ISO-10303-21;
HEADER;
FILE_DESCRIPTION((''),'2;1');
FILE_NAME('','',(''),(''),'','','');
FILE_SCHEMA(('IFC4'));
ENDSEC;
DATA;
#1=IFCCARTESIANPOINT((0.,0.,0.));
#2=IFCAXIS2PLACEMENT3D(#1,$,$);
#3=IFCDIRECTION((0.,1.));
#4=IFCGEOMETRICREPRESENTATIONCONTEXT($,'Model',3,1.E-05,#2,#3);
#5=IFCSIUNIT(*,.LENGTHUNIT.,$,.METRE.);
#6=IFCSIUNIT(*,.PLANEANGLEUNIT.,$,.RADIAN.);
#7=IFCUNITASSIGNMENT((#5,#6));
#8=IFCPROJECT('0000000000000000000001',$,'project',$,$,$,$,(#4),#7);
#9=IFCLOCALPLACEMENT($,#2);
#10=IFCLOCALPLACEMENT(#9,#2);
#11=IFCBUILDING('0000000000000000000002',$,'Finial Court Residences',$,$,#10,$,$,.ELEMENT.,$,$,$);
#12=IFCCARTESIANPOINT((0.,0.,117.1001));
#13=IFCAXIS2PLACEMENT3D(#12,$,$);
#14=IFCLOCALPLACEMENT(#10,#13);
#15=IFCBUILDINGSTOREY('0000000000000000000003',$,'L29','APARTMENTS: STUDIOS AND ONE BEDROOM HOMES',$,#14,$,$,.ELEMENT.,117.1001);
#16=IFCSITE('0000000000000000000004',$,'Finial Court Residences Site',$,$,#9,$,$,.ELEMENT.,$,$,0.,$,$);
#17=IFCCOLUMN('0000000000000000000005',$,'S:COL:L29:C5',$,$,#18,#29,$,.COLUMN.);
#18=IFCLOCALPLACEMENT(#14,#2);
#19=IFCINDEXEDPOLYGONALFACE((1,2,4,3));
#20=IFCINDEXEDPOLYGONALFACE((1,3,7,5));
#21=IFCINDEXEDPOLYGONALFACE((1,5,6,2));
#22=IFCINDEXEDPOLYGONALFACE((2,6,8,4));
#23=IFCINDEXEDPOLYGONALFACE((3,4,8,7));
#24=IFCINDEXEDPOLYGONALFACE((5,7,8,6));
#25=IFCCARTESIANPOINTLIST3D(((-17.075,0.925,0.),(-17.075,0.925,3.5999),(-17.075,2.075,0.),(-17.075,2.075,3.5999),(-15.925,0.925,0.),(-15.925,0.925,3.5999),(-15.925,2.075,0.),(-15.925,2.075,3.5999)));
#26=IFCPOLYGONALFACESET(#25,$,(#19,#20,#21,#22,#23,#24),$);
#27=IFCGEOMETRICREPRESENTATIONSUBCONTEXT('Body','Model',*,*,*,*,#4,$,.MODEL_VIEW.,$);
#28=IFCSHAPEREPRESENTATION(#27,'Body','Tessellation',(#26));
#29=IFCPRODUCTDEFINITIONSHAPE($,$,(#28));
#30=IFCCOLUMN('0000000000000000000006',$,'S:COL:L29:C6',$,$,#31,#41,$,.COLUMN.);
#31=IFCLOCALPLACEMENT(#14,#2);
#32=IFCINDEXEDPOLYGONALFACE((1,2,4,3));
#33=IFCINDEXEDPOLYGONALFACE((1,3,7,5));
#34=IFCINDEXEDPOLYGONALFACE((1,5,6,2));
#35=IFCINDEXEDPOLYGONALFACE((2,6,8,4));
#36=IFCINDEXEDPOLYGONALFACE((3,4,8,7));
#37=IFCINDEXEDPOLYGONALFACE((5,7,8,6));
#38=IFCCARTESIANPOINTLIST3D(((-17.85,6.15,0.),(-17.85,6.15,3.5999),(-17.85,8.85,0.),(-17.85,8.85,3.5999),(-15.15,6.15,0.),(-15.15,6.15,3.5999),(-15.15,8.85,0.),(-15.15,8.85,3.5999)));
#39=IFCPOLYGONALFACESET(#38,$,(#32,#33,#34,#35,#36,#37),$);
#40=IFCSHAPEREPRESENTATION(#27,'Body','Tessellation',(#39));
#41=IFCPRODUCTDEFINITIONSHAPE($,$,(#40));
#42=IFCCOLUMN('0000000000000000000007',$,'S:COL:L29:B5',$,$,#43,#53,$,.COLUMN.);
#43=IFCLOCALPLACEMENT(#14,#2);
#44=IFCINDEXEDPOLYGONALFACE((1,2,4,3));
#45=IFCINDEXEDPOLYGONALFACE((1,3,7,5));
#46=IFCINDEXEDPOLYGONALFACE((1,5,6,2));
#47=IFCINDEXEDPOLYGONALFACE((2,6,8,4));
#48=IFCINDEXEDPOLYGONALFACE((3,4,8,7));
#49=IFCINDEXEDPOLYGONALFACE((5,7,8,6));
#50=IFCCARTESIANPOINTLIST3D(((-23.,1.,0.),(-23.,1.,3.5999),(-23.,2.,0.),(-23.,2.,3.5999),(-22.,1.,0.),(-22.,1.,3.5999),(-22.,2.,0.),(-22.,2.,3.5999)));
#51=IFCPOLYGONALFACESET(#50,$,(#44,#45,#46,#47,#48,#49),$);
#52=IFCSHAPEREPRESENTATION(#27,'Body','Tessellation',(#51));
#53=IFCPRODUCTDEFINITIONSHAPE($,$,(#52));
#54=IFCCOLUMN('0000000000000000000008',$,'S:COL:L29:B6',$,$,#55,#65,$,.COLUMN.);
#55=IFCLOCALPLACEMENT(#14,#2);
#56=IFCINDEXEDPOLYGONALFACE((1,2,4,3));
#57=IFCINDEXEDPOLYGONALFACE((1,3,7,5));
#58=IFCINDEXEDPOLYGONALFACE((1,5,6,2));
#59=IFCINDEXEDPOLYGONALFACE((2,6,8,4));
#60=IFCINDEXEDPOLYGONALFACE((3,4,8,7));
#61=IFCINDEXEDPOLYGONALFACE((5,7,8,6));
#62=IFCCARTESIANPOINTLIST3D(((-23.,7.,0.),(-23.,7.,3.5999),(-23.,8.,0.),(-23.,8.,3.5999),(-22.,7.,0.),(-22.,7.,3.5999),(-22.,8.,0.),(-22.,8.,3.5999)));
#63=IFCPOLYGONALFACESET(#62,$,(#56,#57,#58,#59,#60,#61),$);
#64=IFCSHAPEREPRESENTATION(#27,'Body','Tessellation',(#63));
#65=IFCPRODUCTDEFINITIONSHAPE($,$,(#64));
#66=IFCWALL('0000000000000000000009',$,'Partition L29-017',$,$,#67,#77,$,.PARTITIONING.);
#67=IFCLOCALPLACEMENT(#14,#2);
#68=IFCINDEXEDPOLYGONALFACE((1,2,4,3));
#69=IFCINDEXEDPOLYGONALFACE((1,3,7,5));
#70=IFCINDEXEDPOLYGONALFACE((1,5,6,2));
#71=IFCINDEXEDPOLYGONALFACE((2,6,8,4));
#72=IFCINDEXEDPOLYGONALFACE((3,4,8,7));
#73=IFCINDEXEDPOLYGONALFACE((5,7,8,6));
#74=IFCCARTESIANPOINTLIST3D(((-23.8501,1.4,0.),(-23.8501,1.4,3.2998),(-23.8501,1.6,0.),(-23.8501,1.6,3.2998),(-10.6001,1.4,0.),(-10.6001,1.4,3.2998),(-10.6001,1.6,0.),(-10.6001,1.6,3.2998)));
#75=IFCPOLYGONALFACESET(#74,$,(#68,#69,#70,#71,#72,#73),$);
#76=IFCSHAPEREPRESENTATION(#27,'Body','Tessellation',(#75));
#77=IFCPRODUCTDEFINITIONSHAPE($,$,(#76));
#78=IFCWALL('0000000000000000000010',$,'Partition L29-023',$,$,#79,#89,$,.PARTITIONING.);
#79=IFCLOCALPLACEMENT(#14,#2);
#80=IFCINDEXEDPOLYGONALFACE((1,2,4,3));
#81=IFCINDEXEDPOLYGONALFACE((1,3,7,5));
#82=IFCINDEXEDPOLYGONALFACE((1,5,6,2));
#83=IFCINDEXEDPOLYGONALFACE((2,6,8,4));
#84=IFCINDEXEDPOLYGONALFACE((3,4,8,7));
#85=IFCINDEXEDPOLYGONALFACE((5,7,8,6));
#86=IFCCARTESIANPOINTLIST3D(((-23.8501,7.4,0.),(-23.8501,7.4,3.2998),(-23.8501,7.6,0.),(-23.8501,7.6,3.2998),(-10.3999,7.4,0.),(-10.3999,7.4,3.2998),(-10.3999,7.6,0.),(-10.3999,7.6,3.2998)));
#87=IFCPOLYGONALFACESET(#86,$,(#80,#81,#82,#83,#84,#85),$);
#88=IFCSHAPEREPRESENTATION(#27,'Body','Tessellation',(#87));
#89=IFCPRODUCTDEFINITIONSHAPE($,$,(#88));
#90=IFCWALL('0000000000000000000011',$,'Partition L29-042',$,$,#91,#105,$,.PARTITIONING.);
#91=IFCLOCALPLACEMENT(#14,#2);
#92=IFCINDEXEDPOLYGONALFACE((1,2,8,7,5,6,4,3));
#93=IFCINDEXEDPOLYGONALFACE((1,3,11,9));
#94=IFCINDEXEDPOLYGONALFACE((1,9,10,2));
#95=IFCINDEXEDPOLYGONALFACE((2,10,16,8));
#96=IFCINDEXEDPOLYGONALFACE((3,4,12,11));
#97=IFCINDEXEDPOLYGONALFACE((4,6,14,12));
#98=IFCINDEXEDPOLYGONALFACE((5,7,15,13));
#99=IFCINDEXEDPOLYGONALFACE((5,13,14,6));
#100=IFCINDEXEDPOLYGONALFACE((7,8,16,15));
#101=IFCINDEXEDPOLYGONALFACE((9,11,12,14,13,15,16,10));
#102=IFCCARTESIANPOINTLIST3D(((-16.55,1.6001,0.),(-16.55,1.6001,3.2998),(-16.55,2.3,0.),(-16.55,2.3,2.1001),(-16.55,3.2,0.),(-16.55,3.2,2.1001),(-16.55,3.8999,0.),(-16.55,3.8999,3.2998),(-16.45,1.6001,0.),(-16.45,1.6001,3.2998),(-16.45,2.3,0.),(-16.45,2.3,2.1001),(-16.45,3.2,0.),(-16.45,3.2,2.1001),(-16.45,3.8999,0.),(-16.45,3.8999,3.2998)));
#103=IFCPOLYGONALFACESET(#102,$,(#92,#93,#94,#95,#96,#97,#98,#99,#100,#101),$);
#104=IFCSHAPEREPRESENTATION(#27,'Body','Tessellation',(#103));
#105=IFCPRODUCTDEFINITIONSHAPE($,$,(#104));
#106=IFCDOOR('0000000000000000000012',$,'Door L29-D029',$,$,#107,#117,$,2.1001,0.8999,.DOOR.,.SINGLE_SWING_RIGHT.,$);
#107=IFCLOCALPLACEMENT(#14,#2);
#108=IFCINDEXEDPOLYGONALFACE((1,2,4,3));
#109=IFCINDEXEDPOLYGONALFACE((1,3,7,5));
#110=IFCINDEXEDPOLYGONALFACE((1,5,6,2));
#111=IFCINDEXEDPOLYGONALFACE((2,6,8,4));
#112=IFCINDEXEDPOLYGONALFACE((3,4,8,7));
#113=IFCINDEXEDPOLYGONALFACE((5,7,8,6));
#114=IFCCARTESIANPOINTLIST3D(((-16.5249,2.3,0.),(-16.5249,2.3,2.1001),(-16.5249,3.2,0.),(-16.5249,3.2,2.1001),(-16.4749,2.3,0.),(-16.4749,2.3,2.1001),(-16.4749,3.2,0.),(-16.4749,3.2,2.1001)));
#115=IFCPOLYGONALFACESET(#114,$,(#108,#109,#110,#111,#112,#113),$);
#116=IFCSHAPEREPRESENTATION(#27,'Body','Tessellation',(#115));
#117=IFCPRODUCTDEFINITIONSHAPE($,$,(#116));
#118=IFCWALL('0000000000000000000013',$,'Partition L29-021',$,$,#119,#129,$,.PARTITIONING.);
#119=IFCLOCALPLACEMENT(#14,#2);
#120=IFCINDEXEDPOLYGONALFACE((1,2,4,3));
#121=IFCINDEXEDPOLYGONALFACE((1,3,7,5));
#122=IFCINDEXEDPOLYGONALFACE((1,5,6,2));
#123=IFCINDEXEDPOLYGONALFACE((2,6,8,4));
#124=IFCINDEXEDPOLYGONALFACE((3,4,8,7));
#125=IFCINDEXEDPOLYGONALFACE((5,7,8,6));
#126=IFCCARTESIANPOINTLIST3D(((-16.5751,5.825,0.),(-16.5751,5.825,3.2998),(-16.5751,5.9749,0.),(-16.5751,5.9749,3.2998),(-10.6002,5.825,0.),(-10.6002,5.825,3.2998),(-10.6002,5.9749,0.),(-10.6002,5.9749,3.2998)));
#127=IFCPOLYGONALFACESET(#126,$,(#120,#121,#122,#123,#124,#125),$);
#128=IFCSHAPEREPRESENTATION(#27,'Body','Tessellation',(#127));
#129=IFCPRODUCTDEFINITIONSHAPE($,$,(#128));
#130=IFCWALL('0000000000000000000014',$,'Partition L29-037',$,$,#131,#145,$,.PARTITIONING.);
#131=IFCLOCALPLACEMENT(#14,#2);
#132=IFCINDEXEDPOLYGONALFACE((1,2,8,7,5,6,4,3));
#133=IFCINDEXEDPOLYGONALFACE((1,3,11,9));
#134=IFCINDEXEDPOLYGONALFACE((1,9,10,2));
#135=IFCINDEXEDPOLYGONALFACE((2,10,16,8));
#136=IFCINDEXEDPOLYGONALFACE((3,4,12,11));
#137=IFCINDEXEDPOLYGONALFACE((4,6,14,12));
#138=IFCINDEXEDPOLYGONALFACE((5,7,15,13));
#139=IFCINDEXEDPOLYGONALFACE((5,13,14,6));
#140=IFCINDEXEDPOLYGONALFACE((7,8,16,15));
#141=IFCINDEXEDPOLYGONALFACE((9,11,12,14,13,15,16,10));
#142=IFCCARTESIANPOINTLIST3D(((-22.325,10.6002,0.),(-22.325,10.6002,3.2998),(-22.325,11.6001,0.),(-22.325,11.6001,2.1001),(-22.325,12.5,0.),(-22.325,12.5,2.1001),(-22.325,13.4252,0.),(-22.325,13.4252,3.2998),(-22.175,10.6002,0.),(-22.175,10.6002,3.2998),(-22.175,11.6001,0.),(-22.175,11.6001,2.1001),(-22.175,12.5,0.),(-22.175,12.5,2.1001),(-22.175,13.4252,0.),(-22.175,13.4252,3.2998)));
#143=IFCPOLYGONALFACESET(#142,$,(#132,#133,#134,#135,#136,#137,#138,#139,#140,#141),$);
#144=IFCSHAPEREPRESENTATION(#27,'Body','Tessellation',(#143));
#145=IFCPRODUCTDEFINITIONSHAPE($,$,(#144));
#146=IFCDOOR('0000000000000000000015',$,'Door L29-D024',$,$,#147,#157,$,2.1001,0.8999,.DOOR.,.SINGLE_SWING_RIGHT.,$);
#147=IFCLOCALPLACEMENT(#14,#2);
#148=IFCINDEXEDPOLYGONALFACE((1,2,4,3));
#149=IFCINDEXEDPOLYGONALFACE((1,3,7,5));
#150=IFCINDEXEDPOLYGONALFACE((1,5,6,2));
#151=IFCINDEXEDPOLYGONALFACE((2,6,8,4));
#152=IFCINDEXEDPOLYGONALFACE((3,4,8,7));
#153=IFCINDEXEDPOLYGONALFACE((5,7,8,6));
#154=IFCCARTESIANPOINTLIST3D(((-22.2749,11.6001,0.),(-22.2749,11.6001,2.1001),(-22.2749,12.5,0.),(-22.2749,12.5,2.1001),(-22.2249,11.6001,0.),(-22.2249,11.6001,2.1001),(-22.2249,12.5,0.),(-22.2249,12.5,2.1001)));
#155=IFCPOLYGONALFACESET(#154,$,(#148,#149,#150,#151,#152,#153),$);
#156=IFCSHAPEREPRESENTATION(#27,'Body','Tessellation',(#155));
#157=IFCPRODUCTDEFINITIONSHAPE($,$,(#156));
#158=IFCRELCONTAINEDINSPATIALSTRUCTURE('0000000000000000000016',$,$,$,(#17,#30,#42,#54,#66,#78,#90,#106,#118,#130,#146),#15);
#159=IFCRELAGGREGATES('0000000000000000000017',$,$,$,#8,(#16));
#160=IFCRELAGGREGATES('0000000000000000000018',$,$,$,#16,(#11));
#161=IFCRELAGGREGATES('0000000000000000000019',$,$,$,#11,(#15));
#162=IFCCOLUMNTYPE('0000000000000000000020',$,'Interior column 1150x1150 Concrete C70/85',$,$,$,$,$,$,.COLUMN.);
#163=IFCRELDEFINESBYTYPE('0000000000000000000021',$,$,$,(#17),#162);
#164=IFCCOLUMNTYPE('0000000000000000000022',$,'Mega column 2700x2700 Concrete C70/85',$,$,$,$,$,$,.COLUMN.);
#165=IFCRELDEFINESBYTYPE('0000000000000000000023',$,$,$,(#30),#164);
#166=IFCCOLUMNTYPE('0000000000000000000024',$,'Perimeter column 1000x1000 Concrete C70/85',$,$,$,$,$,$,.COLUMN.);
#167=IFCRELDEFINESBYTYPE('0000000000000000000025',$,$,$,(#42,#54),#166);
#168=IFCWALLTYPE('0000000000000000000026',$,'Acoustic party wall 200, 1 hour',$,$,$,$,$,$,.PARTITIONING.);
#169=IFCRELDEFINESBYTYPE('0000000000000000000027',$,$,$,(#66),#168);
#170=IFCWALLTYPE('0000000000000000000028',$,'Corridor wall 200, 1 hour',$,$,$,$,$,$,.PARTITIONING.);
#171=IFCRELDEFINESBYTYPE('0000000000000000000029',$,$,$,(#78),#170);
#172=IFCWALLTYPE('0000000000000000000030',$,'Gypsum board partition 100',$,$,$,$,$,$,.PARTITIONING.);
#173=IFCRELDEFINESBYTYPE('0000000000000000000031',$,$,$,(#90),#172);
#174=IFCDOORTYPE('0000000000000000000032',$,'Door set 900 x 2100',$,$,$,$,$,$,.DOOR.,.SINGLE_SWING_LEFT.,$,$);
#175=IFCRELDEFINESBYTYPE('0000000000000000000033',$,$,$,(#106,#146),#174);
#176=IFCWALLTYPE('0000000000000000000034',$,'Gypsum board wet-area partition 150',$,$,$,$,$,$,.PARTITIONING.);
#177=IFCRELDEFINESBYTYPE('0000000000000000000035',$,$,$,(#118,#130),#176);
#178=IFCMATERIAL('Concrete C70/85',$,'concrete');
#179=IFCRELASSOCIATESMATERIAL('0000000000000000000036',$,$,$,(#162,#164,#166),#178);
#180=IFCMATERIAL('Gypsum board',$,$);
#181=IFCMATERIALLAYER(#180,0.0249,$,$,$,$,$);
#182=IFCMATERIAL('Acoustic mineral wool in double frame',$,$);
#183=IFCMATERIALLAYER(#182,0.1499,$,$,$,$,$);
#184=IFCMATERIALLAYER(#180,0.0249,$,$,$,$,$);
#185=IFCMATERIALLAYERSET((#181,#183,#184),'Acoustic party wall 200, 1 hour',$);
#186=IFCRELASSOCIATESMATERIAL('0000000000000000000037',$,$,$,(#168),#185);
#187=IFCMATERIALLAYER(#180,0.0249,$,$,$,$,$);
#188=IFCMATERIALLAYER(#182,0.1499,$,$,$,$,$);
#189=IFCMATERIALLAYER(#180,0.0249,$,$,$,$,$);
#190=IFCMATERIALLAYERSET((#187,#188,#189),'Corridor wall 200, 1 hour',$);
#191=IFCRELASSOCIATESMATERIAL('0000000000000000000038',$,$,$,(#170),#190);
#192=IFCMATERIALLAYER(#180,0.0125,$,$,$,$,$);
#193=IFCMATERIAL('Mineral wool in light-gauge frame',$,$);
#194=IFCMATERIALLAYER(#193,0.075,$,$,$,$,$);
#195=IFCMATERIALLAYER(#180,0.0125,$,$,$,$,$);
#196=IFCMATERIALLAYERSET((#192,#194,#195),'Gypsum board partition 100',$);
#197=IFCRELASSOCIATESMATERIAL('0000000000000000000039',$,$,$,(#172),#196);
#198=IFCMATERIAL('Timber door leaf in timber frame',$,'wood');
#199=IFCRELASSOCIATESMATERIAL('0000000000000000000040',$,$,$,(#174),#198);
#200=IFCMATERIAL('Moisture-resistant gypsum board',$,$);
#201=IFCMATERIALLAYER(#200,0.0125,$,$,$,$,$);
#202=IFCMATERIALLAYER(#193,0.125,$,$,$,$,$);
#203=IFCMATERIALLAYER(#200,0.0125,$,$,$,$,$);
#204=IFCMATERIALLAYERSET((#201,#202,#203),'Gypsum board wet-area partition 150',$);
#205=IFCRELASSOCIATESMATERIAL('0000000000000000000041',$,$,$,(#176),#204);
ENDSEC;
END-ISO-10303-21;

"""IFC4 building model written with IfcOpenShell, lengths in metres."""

from ifc_helpers import new_model, si_unit, direction, frame, frame_2d, origin, origin_2d, place, context, subcontext, project, spatial, rectangle, extrude, material, layer, layer_set, material_profile, profile_set, type_object, element, fill, save


model = new_model("IFC4")

# Units and contexts
model_context = context("Model", 3, precision=1e-05, world=origin(), true_north=direction((0.0, 1.0)))
body_context = subcontext(model_context, "Body", "Model", "MODEL_VIEW")
ifc_project = project(units=[si_unit("LENGTHUNIT", "METRE"), si_unit("PLANEANGLEUNIT", "RADIAN")], contexts=[model_context])

# Site, building, storey
site_placement = place(None, origin())
site = spatial("IfcSite", under=ifc_project, at=site_placement, Name="Finial Court Residences Site", CompositionType="ELEMENT", RefElevation=0.0)
building_placement = place(site_placement, origin())
building = spatial("IfcBuilding", under=site, at=building_placement, Name="Finial Court Residences", CompositionType="ELEMENT")
storey_placement = place(building_placement, frame((0.0, 0.0, 117.1001)))
storey = spatial("IfcBuildingStorey", under=building, at=storey_placement, Name="L29", Description="APARTMENTS: STUDIOS AND ONE BEDROOM HOMES", CompositionType="ELEMENT", Elevation=117.1001)

# Columns
ifc_material_1 = material(Name="Concrete C70/85", Category="concrete")
ifc_material_profile_1 = material_profile(ifc_material_1, rectangle(XDim=1.1499, YDim=1.1499, at=origin_2d()), Name="1150x1150")
ifc_profile_set_1 = profile_set([ifc_material_profile_1], Name="Concrete C70/85")
column_type_1 = type_object("IfcColumnType", Name="Interior column 1150x1150 Concrete C70/85", PredefinedType="COLUMN", material=ifc_profile_set_1)
column_1_placement = place(storey_placement, frame((-16.5, 1.5, 0.0), z_axis=(0.0, 0.0, 1.0), x_axis=(1.0, 0.0, 0.0)))
element("IfcColumn", 1, at=column_1_placement, inside=storey, type_object=column_type_1, Name="S:COL:L29:C5", PredefinedType="COLUMN", context=body_context, shape_type="SweptSolid", body=[
    extrude(rectangle(XDim=1.1499, YDim=1.1499, at=origin_2d()), origin(), (0.0, 0.0, 1.0), 3.5999),
])
ifc_material_profile_2 = material_profile(ifc_material_1, rectangle(XDim=2.7, YDim=2.7, at=origin_2d()), Name="2700x2700")
ifc_profile_set_2 = profile_set([ifc_material_profile_2], Name="Concrete C70/85")
column_type_2 = type_object("IfcColumnType", Name="Mega column 2700x2700 Concrete C70/85", PredefinedType="COLUMN", material=ifc_profile_set_2)
column_2_placement = place(storey_placement, frame((-16.5, 7.5, 0.0), z_axis=(0.0, 0.0, 1.0), x_axis=(1.0, 0.0, 0.0)))
element("IfcColumn", 2, at=column_2_placement, inside=storey, type_object=column_type_2, Name="S:COL:L29:C6", PredefinedType="COLUMN", context=body_context, shape_type="SweptSolid", body=[
    extrude(rectangle(XDim=2.7, YDim=2.7, at=origin_2d()), origin(), (0.0, 0.0, 1.0), 3.5999),
])
ifc_material_profile_3 = material_profile(ifc_material_1, rectangle(XDim=1.0, YDim=1.0, at=origin_2d()), Name="1000x1000")
ifc_profile_set_3 = profile_set([ifc_material_profile_3], Name="Concrete C70/85")
column_type_3 = type_object("IfcColumnType", Name="Perimeter column 1000x1000 Concrete C70/85", PredefinedType="COLUMN", material=ifc_profile_set_3)
for number, where, z_axis, x_axis, name in (
    (3, (-22.5, 1.5, 0.0), (0.0, 0.0, 1.0), (1.0, 0.0, 0.0), "S:COL:L29:B5"),
    (4, (-22.5, 7.5, 0.0), (0.0, 0.0, 1.0), (1.0, 0.0, 0.0), "S:COL:L29:B6"),
):
    element("IfcColumn", number, at=place(storey_placement, frame(where, z_axis=z_axis, x_axis=x_axis)), inside=storey, type_object=column_type_3, Name=name, PredefinedType="COLUMN", context=body_context, shape_type="SweptSolid", body=[
        extrude(rectangle(XDim=1.0, YDim=1.0, at=origin_2d()), origin(), (0.0, 0.0, 1.0), 3.5999),
    ])

# Walls
ifc_material_2 = material(Name="Gypsum board")
ifc_layer_1 = layer(ifc_material_2, 0.0249)
ifc_material_3 = material(Name="Acoustic mineral wool in double frame")
ifc_layer_2 = layer(ifc_material_3, 0.1499)
ifc_layer_3 = layer(ifc_material_2, 0.0249)
ifc_layer_set_1 = layer_set([ifc_layer_1, ifc_layer_2, ifc_layer_3], Name="Acoustic party wall 200, 1 hour")
wall_type_1 = type_object("IfcWallType", Name="Acoustic party wall 200, 1 hour", PredefinedType="PARTITIONING", material=ifc_layer_set_1)
wall_1_placement = place(storey_placement, frame((-23.8501, 1.5, 0.0), z_axis=(0.0, 0.0, 1.0), x_axis=(1.0, 0.0, 0.0)))
element("IfcWall", 5, at=wall_1_placement, inside=storey, type_object=wall_type_1, Name="Partition L29-017", PredefinedType="PARTITIONING", context=body_context, shape_type="SweptSolid", body=[
    extrude(rectangle(XDim=13.25, YDim=0.2, at=frame_2d((6.625, 0.0))), origin(), (0.0, 0.0, 1.0), 3.2998),
])
ifc_layer_4 = layer(ifc_material_2, 0.0249)
ifc_layer_5 = layer(ifc_material_3, 0.1499)
ifc_layer_6 = layer(ifc_material_2, 0.0249)
ifc_layer_set_2 = layer_set([ifc_layer_4, ifc_layer_5, ifc_layer_6], Name="Corridor wall 200, 1 hour")
wall_type_2 = type_object("IfcWallType", Name="Corridor wall 200, 1 hour", PredefinedType="PARTITIONING", material=ifc_layer_set_2)
wall_2_placement = place(storey_placement, frame((-23.8501, 7.5, 0.0), z_axis=(0.0, 0.0, 1.0), x_axis=(1.0, 0.0, 0.0)))
element("IfcWall", 6, at=wall_2_placement, inside=storey, type_object=wall_type_2, Name="Partition L29-023", PredefinedType="PARTITIONING", context=body_context, shape_type="SweptSolid", body=[
    extrude(rectangle(XDim=13.4502, YDim=0.2, at=frame_2d((6.7251, 0.0))), origin(), (0.0, 0.0, 1.0), 3.2998),
])

# Wall, opening, door
ifc_layer_7 = layer(ifc_material_2, 0.0125)
ifc_material_4 = material(Name="Mineral wool in light-gauge frame")
ifc_layer_8 = layer(ifc_material_4, 0.075)
ifc_layer_9 = layer(ifc_material_2, 0.0125)
ifc_layer_set_3 = layer_set([ifc_layer_7, ifc_layer_8, ifc_layer_9], Name="Gypsum board partition 100")
wall_type_3 = type_object("IfcWallType", Name="Gypsum board partition 100", PredefinedType="PARTITIONING", material=ifc_layer_set_3)
wall_3_placement = place(storey_placement, frame((-16.5, 1.6001, 0.0), z_axis=(0.0, 0.0, 1.0), x_axis=(0.0, 1.0, 0.0)))
wall_3 = element("IfcWall", 7, at=wall_3_placement, inside=storey, type_object=wall_type_3, Name="Partition L29-042", PredefinedType="PARTITIONING", context=body_context, shape_type="SweptSolid", body=[
    extrude(rectangle(XDim=2.2998, YDim=0.1001, at=frame_2d((1.1499, 0.0))), origin(), (0.0, 0.0, 1.0), 3.2998),
])
opening_1_placement = place(wall_3_placement, frame((0.7, 0.0, 0.0)))
opening_1 = element("IfcOpeningElement", 8, at=opening_1_placement, cuts=wall_3, PredefinedType="OPENING", context=body_context, shape_type="SweptSolid", body=[
    extrude(rectangle(XDim=0.8999, YDim=2.1001, at=frame_2d((0.45, 1.05))), frame((0.0, 0.0601, 0.0), z_axis=(0.0, -1.0, 0.0), x_axis=(1.0, 0.0, 0.0)), (0.0, 0.0, 1.0), 0.1201),
])
ifc_material_5 = material(Name="Timber door leaf in timber frame", Category="wood")
door_type = type_object("IfcDoorType", Name="Door set 900 x 2100", OperationType="SINGLE_SWING_LEFT", PredefinedType="DOOR", material=ifc_material_5)
door_1_placement = place(opening_1_placement, origin())
door_1 = element("IfcDoor", 9, at=door_1_placement, inside=storey, type_object=door_type, Name="Door L29-D029", OperationType="SINGLE_SWING_RIGHT", OverallHeight=2.1001, OverallWidth=0.8999, PredefinedType="DOOR", context=body_context, shape_type="SweptSolid", body=[
    extrude(rectangle(XDim=0.8999, YDim=2.1001, at=frame_2d((0.45, 1.05))), frame((0.0, 0.0249, 0.0), z_axis=(0.0, -1.0, 0.0), x_axis=(1.0, 0.0, 0.0)), (0.0, 0.0, 1.0), 0.05),
])
fill(opening_1, door_1)

# Wall
ifc_material_6 = material(Name="Moisture-resistant gypsum board")
ifc_layer_10 = layer(ifc_material_6, 0.0125)
ifc_layer_11 = layer(ifc_material_4, 0.125)
ifc_layer_12 = layer(ifc_material_6, 0.0125)
ifc_layer_set_4 = layer_set([ifc_layer_10, ifc_layer_11, ifc_layer_12], Name="Gypsum board wet-area partition 150")
wall_type_4 = type_object("IfcWallType", Name="Gypsum board wet-area partition 150", PredefinedType="PARTITIONING", material=ifc_layer_set_4)
wall_4_placement = place(storey_placement, frame((-16.575, 5.8999, 0.0), z_axis=(0.0, 0.0, 1.0), x_axis=(1.0, 0.0, 0.0)))
element("IfcWall", 10, at=wall_4_placement, inside=storey, type_object=wall_type_4, Name="Partition L29-021", PredefinedType="PARTITIONING", context=body_context, shape_type="SweptSolid", body=[
    extrude(rectangle(XDim=5.9749, YDim=0.1499, at=frame_2d((2.9873, 0.0))), origin(), (0.0, 0.0, 1.0), 3.2998),
])

# Wall, opening, door
wall_5_placement = place(storey_placement, frame((-22.25, 10.6001, 0.0), z_axis=(0.0, 0.0, 1.0), x_axis=(0.0, 1.0, 0.0)))
wall_5 = element("IfcWall", 11, at=wall_5_placement, inside=storey, type_object=wall_type_4, Name="Partition L29-037", PredefinedType="PARTITIONING", context=body_context, shape_type="SweptSolid", body=[
    extrude(rectangle(XDim=2.825, YDim=0.1499, at=frame_2d((1.4126, 0.0))), origin(), (0.0, 0.0, 1.0), 3.2998),
])
opening_2_placement = place(wall_5_placement, frame((1.0, 0.0, 0.0)))
opening_2 = element("IfcOpeningElement", 12, at=opening_2_placement, cuts=wall_5, PredefinedType="OPENING", context=body_context, shape_type="SweptSolid", body=[
    extrude(rectangle(XDim=0.8999, YDim=2.1001, at=frame_2d((0.45, 1.05))), frame((0.0, 0.085, 0.0), z_axis=(0.0, -1.0, 0.0), x_axis=(1.0, 0.0, 0.0)), (0.0, 0.0, 1.0), 0.1699),
])
door_2_placement = place(opening_2_placement, origin())
door_2 = element("IfcDoor", 13, at=door_2_placement, inside=storey, type_object=door_type, Name="Door L29-D024", OperationType="SINGLE_SWING_RIGHT", OverallHeight=2.1001, OverallWidth=0.8999, PredefinedType="DOOR", context=body_context, shape_type="SweptSolid", body=[
    extrude(rectangle(XDim=0.8999, YDim=2.1001, at=frame_2d((0.45, 1.05))), frame((0.0, 0.0249, 0.0), z_axis=(0.0, -1.0, 0.0), x_axis=(1.0, 0.0, 0.0)), (0.0, 0.0, 1.0), 0.05),
])
fill(opening_2, door_2)

save(model, "model.ifc")
